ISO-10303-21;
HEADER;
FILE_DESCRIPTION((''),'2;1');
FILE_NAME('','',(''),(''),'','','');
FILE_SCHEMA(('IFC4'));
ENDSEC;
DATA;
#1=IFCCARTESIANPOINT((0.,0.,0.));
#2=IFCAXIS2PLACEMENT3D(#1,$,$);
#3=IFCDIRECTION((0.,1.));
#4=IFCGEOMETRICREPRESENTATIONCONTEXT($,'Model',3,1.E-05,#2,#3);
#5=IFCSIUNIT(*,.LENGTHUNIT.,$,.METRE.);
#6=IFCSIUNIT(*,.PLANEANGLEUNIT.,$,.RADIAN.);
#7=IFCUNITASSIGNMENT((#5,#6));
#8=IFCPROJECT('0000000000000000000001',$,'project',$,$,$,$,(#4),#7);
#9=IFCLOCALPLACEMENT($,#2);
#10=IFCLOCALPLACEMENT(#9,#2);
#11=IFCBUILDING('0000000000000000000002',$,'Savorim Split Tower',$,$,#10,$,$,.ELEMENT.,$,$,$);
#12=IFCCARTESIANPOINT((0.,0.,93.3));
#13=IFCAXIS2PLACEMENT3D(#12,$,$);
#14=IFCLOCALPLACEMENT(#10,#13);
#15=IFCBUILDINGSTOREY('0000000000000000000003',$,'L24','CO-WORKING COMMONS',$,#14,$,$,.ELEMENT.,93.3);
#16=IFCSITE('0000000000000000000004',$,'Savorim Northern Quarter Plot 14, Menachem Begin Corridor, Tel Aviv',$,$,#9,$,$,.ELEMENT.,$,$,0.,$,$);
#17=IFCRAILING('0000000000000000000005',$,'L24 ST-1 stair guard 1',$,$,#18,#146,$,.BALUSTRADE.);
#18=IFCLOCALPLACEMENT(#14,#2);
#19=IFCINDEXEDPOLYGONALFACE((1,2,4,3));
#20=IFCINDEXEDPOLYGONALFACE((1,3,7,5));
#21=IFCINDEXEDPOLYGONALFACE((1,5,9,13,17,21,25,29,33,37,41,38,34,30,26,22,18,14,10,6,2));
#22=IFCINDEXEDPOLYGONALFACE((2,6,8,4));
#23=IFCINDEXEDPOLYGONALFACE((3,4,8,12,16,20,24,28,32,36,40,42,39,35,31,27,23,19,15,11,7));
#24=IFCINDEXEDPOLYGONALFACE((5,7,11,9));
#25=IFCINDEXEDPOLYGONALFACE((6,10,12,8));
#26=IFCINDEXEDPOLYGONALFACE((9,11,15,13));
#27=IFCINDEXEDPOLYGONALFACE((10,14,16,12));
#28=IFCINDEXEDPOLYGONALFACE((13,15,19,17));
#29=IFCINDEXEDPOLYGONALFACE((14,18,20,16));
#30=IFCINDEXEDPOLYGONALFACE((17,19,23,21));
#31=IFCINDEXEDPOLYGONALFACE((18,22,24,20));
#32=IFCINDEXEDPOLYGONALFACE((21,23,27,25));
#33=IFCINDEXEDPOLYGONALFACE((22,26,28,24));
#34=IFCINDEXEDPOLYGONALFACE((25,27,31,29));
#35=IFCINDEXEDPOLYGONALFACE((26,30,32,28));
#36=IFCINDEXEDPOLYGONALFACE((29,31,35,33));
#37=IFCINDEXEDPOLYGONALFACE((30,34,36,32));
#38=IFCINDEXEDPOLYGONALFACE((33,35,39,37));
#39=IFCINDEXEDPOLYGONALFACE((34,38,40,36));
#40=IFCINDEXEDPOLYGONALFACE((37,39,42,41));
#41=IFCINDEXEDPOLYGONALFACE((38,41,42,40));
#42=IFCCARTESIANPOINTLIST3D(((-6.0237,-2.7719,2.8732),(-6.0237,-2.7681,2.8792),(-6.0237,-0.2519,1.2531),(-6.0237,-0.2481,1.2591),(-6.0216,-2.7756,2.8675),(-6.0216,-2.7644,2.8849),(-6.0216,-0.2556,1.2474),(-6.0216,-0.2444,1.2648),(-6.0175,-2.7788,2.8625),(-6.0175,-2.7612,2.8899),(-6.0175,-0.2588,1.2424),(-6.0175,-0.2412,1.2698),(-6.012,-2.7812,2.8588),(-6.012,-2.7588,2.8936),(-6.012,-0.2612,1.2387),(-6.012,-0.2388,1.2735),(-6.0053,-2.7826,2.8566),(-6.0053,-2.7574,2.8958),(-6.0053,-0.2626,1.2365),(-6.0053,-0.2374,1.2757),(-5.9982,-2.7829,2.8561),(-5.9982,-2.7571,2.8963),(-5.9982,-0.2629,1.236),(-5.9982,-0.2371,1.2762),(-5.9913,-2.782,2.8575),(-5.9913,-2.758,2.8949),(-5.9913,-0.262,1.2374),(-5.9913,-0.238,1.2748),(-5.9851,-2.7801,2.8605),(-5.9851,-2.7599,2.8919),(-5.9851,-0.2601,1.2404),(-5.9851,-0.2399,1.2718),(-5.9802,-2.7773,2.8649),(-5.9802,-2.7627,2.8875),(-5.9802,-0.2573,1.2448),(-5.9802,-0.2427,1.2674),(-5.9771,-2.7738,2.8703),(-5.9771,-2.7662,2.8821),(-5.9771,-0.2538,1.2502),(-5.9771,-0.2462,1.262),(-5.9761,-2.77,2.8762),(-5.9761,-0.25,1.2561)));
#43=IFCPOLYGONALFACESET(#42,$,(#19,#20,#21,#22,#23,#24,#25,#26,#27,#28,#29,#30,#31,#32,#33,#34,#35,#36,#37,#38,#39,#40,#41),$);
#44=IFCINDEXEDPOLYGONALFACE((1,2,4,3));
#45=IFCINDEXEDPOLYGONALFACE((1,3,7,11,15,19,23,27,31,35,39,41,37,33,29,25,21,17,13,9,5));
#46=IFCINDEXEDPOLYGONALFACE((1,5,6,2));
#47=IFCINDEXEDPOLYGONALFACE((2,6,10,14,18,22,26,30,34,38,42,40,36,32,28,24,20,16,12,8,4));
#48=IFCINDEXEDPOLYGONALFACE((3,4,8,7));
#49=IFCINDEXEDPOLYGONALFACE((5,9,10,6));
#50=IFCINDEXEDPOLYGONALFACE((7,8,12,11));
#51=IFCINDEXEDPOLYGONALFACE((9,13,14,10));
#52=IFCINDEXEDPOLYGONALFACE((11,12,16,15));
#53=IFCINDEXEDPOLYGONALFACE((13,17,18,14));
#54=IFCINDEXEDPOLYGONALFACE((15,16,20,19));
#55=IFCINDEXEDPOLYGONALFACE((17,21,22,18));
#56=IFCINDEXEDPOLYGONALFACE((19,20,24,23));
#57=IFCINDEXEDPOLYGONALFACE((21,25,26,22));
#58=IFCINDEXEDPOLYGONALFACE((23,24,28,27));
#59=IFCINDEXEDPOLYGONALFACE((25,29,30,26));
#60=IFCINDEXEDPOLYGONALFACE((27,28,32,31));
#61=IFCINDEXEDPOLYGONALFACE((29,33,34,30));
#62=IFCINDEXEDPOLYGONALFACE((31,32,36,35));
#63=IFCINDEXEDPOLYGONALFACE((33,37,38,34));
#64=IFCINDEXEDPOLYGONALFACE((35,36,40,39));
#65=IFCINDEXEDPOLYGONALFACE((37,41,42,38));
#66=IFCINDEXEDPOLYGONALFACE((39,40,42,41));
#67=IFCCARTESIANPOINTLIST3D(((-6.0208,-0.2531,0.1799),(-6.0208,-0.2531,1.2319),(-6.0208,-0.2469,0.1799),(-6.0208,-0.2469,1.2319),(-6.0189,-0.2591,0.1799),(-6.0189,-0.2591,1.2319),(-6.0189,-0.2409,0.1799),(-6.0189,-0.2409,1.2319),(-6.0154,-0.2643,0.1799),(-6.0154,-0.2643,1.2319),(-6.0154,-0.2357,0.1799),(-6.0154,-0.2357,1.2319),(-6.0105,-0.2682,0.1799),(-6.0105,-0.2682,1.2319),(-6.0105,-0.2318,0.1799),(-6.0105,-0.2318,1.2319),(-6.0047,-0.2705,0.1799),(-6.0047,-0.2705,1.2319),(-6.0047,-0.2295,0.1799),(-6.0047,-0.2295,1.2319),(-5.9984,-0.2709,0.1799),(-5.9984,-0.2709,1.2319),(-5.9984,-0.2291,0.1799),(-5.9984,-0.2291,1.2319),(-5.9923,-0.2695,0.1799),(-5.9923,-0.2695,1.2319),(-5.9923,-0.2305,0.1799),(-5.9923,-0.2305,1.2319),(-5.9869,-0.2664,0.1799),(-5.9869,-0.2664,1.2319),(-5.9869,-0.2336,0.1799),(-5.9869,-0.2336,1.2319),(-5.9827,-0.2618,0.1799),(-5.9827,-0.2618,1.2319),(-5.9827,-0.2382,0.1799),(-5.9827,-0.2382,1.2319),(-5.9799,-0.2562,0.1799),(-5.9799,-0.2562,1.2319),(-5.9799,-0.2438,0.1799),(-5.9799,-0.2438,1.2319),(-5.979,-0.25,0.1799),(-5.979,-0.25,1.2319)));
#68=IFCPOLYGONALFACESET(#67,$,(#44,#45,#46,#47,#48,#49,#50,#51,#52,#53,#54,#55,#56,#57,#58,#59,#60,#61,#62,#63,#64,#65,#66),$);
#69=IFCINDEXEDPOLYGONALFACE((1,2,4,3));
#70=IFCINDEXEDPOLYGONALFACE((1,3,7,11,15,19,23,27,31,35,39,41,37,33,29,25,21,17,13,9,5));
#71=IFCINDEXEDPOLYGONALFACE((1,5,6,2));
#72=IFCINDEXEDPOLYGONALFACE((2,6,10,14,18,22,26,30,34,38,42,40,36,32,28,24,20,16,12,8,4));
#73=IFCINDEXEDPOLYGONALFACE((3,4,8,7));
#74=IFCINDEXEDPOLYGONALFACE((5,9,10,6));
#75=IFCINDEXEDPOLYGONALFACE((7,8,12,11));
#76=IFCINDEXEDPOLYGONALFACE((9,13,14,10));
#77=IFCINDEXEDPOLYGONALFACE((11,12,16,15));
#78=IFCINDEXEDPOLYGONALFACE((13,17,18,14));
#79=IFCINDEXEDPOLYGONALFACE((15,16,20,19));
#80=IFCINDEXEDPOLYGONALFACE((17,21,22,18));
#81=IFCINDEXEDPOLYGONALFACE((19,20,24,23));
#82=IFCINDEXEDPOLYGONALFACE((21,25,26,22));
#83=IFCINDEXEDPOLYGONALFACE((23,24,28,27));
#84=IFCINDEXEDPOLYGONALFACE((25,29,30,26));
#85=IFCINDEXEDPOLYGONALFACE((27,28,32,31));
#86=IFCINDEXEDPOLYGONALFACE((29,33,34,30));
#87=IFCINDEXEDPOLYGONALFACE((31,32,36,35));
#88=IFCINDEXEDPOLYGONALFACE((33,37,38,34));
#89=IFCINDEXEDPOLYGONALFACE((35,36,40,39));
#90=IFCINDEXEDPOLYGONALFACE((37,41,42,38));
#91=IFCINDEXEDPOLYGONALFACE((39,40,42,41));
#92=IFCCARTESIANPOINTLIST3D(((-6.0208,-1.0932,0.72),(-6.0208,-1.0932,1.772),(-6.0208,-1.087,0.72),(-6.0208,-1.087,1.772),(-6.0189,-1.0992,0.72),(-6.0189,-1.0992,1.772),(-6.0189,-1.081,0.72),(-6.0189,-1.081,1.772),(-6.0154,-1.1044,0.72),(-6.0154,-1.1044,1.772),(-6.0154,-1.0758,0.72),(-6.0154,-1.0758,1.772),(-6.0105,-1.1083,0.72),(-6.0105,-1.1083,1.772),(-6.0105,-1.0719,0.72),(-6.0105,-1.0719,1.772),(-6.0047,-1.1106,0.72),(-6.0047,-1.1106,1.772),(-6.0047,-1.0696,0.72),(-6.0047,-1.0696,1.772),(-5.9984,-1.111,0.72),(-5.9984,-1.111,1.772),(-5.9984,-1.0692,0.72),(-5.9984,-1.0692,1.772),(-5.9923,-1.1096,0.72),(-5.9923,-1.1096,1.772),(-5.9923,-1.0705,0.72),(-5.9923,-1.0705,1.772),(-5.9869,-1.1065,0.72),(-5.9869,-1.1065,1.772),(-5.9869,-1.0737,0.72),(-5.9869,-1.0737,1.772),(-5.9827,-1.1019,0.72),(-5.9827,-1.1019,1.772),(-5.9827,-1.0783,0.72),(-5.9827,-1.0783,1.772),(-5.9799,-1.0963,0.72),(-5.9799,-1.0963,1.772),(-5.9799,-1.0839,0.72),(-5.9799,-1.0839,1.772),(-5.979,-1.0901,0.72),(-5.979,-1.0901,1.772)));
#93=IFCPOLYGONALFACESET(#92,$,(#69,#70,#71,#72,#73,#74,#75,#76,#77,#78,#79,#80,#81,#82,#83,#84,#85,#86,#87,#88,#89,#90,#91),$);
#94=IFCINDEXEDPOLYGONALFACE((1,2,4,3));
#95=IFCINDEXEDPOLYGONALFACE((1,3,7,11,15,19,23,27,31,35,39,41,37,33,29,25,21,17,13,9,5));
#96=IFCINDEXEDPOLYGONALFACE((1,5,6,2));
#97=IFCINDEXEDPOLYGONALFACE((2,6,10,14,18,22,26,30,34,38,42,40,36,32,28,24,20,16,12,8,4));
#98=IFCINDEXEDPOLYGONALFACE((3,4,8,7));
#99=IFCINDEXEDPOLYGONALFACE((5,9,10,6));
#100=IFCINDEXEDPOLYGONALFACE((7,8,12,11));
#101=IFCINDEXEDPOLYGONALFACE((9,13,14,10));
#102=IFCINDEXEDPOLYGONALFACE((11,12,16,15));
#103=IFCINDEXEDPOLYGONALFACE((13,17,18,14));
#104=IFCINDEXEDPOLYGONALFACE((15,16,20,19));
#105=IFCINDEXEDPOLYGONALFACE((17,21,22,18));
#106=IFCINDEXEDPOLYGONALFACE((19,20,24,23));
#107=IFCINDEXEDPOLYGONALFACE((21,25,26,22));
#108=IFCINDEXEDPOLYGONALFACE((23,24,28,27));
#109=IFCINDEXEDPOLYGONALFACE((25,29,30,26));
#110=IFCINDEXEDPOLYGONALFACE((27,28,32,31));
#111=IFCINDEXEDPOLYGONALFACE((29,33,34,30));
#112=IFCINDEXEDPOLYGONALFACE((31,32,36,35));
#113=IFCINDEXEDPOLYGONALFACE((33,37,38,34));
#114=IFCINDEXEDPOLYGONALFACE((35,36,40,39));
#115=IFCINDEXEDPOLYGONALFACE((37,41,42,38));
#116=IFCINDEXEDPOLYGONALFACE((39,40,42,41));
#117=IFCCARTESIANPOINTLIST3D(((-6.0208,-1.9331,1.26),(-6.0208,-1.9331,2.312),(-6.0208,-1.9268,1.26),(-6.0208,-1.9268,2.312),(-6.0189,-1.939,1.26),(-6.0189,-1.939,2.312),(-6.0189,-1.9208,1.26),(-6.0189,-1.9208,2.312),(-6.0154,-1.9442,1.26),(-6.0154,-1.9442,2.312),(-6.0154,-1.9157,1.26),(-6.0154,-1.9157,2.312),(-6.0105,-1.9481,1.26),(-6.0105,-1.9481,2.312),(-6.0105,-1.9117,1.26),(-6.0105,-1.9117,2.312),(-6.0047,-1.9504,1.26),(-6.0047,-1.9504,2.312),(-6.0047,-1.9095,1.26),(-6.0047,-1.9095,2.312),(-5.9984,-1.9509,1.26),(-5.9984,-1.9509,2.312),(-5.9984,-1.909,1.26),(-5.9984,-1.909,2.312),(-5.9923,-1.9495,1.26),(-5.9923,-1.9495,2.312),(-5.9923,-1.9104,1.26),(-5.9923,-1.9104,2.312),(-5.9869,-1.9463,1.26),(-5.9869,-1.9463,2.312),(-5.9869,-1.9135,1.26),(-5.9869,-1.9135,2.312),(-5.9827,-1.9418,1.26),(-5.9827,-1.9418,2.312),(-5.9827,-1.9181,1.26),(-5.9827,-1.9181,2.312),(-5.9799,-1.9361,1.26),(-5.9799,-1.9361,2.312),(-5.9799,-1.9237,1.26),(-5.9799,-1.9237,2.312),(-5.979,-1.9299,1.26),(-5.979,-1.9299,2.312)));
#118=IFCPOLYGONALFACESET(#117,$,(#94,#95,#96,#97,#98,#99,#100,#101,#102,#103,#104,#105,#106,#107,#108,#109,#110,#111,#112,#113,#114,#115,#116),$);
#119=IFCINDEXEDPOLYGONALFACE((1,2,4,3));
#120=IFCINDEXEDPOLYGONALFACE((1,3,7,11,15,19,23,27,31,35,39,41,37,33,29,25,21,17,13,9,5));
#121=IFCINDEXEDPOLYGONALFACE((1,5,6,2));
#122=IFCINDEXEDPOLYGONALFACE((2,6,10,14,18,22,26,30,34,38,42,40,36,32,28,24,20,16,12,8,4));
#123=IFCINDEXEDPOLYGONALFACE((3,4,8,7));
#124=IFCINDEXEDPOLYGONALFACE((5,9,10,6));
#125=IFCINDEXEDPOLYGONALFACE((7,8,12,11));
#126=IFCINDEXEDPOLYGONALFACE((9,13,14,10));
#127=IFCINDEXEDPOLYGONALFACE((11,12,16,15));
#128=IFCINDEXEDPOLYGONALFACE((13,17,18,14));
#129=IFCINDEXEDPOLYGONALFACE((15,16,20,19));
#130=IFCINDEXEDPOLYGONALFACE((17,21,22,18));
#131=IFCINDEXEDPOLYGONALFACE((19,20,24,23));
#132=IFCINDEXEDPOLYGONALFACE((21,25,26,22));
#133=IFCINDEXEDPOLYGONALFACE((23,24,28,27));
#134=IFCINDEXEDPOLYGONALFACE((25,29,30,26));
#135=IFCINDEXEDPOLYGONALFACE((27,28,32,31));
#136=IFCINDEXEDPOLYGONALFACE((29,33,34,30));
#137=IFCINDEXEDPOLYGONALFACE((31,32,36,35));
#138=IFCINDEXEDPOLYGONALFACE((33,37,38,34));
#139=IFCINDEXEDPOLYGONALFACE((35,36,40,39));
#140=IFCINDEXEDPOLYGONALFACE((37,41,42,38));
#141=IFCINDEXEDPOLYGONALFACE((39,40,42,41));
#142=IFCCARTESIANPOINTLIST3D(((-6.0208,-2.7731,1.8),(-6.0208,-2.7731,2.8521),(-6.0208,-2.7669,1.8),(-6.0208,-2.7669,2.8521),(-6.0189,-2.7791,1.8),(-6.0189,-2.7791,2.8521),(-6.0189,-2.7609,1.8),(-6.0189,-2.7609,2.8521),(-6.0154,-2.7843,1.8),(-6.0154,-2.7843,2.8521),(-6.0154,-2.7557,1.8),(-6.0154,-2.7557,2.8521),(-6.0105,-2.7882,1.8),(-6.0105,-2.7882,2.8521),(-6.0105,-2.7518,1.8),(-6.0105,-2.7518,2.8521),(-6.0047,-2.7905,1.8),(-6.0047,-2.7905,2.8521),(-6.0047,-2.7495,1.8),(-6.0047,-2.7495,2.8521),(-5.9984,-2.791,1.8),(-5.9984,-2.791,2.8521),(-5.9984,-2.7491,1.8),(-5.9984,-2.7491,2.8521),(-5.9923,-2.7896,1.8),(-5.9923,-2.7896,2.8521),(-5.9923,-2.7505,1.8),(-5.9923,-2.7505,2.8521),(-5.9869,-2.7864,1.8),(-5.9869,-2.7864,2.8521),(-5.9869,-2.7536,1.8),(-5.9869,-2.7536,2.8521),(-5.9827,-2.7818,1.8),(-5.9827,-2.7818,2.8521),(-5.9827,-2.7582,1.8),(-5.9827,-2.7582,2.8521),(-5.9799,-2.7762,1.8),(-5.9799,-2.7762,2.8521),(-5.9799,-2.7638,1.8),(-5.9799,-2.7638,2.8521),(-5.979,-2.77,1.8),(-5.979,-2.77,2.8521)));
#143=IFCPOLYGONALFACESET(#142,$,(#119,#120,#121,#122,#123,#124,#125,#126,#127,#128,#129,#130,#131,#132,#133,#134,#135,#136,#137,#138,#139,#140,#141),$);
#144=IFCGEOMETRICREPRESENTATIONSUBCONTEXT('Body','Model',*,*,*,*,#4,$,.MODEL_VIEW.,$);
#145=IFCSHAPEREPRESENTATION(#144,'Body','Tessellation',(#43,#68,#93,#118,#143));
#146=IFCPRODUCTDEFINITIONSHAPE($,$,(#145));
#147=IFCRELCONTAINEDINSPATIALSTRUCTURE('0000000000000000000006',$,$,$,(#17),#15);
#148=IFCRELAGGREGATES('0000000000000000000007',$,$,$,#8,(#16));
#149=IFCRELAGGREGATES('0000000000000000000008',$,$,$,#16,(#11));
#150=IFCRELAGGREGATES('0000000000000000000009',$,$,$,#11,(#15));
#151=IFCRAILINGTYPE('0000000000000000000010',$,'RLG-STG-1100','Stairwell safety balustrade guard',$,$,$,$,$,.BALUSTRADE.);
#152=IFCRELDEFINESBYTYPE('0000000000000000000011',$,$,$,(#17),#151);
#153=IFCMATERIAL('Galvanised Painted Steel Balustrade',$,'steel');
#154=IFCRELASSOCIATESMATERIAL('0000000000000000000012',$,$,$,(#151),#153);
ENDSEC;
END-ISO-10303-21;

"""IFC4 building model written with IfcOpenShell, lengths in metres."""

from ifc_helpers import new_model, si_unit, direction, frame, origin, origin_2d, place, context, subcontext, project, spatial, circle, extrude, material, type_object, element, save


model = new_model("IFC4")

# Units and contexts
model_context = context("Model", 3, precision=1e-05, world=origin(), true_north=direction((0.0, 1.0)))
body_context = subcontext(model_context, "Body", "Model", "MODEL_VIEW")
ifc_project = project(units=[si_unit("LENGTHUNIT", "METRE"), si_unit("PLANEANGLEUNIT", "RADIAN")], contexts=[model_context])

# Site, building, storey
site_placement = place(None, origin())
site = spatial("IfcSite", under=ifc_project, at=site_placement, Name="Savorim Northern Quarter Plot 14, Menachem Begin Corridor, Tel Aviv", CompositionType="ELEMENT", RefElevation=0.0)
building_placement = place(site_placement, origin())
building = spatial("IfcBuilding", under=site, at=building_placement, Name="Savorim Split Tower", CompositionType="ELEMENT")
storey_placement = place(building_placement, frame((0.0, 0.0, 93.3)))
storey = spatial("IfcBuildingStorey", under=building, at=storey_placement, Name="L24", Description="CO-WORKING COMMONS", CompositionType="ELEMENT", Elevation=93.3)

# Railing
ifc_material_1 = material(Name="Galvanised Painted Steel Balustrade", Category="steel")
railing_type_1 = type_object("IfcRailingType", Name="RLG-STG-1100", Description="Stairwell safety balustrade guard", PredefinedType="BALUSTRADE", material=ifc_material_1)
railing_1_placement = place(storey_placement, frame((-6.0, -0.25, 0.1799)))
element("IfcRailing", 1, at=railing_1_placement, inside=storey, type_object=railing_type_1, Name="L24 ST-1 stair guard 1", PredefinedType="BALUSTRADE", context=body_context, shape_type="SweptSolid", body=[
    extrude(circle(Radius=0.0239, at=origin_2d()), frame((0.0, 0.0, 1.0762), z_axis=(0.0, -0.841163, 0.540782), x_axis=(1.0, 0.0, 0.0)), (0.0, 0.0, 1.0), 2.9958),
    extrude(circle(Radius=0.021, at=origin_2d()), origin(), (0.0, 0.0, 1.0), 1.052),
    extrude(circle(Radius=0.021, at=origin_2d()), frame((0.0, -0.8401, 0.54)), (0.0, 0.0, 1.0), 1.052),
    extrude(circle(Radius=0.021, at=origin_2d()), frame((0.0, -1.6799, 1.0801)), (0.0, 0.0, 1.0), 1.052),
    extrude(circle(Radius=0.021, at=origin_2d()), frame((0.0, -2.52, 1.6201)), (0.0, 0.0, 1.0), 1.052),
])

save(model, "model.ifc")
